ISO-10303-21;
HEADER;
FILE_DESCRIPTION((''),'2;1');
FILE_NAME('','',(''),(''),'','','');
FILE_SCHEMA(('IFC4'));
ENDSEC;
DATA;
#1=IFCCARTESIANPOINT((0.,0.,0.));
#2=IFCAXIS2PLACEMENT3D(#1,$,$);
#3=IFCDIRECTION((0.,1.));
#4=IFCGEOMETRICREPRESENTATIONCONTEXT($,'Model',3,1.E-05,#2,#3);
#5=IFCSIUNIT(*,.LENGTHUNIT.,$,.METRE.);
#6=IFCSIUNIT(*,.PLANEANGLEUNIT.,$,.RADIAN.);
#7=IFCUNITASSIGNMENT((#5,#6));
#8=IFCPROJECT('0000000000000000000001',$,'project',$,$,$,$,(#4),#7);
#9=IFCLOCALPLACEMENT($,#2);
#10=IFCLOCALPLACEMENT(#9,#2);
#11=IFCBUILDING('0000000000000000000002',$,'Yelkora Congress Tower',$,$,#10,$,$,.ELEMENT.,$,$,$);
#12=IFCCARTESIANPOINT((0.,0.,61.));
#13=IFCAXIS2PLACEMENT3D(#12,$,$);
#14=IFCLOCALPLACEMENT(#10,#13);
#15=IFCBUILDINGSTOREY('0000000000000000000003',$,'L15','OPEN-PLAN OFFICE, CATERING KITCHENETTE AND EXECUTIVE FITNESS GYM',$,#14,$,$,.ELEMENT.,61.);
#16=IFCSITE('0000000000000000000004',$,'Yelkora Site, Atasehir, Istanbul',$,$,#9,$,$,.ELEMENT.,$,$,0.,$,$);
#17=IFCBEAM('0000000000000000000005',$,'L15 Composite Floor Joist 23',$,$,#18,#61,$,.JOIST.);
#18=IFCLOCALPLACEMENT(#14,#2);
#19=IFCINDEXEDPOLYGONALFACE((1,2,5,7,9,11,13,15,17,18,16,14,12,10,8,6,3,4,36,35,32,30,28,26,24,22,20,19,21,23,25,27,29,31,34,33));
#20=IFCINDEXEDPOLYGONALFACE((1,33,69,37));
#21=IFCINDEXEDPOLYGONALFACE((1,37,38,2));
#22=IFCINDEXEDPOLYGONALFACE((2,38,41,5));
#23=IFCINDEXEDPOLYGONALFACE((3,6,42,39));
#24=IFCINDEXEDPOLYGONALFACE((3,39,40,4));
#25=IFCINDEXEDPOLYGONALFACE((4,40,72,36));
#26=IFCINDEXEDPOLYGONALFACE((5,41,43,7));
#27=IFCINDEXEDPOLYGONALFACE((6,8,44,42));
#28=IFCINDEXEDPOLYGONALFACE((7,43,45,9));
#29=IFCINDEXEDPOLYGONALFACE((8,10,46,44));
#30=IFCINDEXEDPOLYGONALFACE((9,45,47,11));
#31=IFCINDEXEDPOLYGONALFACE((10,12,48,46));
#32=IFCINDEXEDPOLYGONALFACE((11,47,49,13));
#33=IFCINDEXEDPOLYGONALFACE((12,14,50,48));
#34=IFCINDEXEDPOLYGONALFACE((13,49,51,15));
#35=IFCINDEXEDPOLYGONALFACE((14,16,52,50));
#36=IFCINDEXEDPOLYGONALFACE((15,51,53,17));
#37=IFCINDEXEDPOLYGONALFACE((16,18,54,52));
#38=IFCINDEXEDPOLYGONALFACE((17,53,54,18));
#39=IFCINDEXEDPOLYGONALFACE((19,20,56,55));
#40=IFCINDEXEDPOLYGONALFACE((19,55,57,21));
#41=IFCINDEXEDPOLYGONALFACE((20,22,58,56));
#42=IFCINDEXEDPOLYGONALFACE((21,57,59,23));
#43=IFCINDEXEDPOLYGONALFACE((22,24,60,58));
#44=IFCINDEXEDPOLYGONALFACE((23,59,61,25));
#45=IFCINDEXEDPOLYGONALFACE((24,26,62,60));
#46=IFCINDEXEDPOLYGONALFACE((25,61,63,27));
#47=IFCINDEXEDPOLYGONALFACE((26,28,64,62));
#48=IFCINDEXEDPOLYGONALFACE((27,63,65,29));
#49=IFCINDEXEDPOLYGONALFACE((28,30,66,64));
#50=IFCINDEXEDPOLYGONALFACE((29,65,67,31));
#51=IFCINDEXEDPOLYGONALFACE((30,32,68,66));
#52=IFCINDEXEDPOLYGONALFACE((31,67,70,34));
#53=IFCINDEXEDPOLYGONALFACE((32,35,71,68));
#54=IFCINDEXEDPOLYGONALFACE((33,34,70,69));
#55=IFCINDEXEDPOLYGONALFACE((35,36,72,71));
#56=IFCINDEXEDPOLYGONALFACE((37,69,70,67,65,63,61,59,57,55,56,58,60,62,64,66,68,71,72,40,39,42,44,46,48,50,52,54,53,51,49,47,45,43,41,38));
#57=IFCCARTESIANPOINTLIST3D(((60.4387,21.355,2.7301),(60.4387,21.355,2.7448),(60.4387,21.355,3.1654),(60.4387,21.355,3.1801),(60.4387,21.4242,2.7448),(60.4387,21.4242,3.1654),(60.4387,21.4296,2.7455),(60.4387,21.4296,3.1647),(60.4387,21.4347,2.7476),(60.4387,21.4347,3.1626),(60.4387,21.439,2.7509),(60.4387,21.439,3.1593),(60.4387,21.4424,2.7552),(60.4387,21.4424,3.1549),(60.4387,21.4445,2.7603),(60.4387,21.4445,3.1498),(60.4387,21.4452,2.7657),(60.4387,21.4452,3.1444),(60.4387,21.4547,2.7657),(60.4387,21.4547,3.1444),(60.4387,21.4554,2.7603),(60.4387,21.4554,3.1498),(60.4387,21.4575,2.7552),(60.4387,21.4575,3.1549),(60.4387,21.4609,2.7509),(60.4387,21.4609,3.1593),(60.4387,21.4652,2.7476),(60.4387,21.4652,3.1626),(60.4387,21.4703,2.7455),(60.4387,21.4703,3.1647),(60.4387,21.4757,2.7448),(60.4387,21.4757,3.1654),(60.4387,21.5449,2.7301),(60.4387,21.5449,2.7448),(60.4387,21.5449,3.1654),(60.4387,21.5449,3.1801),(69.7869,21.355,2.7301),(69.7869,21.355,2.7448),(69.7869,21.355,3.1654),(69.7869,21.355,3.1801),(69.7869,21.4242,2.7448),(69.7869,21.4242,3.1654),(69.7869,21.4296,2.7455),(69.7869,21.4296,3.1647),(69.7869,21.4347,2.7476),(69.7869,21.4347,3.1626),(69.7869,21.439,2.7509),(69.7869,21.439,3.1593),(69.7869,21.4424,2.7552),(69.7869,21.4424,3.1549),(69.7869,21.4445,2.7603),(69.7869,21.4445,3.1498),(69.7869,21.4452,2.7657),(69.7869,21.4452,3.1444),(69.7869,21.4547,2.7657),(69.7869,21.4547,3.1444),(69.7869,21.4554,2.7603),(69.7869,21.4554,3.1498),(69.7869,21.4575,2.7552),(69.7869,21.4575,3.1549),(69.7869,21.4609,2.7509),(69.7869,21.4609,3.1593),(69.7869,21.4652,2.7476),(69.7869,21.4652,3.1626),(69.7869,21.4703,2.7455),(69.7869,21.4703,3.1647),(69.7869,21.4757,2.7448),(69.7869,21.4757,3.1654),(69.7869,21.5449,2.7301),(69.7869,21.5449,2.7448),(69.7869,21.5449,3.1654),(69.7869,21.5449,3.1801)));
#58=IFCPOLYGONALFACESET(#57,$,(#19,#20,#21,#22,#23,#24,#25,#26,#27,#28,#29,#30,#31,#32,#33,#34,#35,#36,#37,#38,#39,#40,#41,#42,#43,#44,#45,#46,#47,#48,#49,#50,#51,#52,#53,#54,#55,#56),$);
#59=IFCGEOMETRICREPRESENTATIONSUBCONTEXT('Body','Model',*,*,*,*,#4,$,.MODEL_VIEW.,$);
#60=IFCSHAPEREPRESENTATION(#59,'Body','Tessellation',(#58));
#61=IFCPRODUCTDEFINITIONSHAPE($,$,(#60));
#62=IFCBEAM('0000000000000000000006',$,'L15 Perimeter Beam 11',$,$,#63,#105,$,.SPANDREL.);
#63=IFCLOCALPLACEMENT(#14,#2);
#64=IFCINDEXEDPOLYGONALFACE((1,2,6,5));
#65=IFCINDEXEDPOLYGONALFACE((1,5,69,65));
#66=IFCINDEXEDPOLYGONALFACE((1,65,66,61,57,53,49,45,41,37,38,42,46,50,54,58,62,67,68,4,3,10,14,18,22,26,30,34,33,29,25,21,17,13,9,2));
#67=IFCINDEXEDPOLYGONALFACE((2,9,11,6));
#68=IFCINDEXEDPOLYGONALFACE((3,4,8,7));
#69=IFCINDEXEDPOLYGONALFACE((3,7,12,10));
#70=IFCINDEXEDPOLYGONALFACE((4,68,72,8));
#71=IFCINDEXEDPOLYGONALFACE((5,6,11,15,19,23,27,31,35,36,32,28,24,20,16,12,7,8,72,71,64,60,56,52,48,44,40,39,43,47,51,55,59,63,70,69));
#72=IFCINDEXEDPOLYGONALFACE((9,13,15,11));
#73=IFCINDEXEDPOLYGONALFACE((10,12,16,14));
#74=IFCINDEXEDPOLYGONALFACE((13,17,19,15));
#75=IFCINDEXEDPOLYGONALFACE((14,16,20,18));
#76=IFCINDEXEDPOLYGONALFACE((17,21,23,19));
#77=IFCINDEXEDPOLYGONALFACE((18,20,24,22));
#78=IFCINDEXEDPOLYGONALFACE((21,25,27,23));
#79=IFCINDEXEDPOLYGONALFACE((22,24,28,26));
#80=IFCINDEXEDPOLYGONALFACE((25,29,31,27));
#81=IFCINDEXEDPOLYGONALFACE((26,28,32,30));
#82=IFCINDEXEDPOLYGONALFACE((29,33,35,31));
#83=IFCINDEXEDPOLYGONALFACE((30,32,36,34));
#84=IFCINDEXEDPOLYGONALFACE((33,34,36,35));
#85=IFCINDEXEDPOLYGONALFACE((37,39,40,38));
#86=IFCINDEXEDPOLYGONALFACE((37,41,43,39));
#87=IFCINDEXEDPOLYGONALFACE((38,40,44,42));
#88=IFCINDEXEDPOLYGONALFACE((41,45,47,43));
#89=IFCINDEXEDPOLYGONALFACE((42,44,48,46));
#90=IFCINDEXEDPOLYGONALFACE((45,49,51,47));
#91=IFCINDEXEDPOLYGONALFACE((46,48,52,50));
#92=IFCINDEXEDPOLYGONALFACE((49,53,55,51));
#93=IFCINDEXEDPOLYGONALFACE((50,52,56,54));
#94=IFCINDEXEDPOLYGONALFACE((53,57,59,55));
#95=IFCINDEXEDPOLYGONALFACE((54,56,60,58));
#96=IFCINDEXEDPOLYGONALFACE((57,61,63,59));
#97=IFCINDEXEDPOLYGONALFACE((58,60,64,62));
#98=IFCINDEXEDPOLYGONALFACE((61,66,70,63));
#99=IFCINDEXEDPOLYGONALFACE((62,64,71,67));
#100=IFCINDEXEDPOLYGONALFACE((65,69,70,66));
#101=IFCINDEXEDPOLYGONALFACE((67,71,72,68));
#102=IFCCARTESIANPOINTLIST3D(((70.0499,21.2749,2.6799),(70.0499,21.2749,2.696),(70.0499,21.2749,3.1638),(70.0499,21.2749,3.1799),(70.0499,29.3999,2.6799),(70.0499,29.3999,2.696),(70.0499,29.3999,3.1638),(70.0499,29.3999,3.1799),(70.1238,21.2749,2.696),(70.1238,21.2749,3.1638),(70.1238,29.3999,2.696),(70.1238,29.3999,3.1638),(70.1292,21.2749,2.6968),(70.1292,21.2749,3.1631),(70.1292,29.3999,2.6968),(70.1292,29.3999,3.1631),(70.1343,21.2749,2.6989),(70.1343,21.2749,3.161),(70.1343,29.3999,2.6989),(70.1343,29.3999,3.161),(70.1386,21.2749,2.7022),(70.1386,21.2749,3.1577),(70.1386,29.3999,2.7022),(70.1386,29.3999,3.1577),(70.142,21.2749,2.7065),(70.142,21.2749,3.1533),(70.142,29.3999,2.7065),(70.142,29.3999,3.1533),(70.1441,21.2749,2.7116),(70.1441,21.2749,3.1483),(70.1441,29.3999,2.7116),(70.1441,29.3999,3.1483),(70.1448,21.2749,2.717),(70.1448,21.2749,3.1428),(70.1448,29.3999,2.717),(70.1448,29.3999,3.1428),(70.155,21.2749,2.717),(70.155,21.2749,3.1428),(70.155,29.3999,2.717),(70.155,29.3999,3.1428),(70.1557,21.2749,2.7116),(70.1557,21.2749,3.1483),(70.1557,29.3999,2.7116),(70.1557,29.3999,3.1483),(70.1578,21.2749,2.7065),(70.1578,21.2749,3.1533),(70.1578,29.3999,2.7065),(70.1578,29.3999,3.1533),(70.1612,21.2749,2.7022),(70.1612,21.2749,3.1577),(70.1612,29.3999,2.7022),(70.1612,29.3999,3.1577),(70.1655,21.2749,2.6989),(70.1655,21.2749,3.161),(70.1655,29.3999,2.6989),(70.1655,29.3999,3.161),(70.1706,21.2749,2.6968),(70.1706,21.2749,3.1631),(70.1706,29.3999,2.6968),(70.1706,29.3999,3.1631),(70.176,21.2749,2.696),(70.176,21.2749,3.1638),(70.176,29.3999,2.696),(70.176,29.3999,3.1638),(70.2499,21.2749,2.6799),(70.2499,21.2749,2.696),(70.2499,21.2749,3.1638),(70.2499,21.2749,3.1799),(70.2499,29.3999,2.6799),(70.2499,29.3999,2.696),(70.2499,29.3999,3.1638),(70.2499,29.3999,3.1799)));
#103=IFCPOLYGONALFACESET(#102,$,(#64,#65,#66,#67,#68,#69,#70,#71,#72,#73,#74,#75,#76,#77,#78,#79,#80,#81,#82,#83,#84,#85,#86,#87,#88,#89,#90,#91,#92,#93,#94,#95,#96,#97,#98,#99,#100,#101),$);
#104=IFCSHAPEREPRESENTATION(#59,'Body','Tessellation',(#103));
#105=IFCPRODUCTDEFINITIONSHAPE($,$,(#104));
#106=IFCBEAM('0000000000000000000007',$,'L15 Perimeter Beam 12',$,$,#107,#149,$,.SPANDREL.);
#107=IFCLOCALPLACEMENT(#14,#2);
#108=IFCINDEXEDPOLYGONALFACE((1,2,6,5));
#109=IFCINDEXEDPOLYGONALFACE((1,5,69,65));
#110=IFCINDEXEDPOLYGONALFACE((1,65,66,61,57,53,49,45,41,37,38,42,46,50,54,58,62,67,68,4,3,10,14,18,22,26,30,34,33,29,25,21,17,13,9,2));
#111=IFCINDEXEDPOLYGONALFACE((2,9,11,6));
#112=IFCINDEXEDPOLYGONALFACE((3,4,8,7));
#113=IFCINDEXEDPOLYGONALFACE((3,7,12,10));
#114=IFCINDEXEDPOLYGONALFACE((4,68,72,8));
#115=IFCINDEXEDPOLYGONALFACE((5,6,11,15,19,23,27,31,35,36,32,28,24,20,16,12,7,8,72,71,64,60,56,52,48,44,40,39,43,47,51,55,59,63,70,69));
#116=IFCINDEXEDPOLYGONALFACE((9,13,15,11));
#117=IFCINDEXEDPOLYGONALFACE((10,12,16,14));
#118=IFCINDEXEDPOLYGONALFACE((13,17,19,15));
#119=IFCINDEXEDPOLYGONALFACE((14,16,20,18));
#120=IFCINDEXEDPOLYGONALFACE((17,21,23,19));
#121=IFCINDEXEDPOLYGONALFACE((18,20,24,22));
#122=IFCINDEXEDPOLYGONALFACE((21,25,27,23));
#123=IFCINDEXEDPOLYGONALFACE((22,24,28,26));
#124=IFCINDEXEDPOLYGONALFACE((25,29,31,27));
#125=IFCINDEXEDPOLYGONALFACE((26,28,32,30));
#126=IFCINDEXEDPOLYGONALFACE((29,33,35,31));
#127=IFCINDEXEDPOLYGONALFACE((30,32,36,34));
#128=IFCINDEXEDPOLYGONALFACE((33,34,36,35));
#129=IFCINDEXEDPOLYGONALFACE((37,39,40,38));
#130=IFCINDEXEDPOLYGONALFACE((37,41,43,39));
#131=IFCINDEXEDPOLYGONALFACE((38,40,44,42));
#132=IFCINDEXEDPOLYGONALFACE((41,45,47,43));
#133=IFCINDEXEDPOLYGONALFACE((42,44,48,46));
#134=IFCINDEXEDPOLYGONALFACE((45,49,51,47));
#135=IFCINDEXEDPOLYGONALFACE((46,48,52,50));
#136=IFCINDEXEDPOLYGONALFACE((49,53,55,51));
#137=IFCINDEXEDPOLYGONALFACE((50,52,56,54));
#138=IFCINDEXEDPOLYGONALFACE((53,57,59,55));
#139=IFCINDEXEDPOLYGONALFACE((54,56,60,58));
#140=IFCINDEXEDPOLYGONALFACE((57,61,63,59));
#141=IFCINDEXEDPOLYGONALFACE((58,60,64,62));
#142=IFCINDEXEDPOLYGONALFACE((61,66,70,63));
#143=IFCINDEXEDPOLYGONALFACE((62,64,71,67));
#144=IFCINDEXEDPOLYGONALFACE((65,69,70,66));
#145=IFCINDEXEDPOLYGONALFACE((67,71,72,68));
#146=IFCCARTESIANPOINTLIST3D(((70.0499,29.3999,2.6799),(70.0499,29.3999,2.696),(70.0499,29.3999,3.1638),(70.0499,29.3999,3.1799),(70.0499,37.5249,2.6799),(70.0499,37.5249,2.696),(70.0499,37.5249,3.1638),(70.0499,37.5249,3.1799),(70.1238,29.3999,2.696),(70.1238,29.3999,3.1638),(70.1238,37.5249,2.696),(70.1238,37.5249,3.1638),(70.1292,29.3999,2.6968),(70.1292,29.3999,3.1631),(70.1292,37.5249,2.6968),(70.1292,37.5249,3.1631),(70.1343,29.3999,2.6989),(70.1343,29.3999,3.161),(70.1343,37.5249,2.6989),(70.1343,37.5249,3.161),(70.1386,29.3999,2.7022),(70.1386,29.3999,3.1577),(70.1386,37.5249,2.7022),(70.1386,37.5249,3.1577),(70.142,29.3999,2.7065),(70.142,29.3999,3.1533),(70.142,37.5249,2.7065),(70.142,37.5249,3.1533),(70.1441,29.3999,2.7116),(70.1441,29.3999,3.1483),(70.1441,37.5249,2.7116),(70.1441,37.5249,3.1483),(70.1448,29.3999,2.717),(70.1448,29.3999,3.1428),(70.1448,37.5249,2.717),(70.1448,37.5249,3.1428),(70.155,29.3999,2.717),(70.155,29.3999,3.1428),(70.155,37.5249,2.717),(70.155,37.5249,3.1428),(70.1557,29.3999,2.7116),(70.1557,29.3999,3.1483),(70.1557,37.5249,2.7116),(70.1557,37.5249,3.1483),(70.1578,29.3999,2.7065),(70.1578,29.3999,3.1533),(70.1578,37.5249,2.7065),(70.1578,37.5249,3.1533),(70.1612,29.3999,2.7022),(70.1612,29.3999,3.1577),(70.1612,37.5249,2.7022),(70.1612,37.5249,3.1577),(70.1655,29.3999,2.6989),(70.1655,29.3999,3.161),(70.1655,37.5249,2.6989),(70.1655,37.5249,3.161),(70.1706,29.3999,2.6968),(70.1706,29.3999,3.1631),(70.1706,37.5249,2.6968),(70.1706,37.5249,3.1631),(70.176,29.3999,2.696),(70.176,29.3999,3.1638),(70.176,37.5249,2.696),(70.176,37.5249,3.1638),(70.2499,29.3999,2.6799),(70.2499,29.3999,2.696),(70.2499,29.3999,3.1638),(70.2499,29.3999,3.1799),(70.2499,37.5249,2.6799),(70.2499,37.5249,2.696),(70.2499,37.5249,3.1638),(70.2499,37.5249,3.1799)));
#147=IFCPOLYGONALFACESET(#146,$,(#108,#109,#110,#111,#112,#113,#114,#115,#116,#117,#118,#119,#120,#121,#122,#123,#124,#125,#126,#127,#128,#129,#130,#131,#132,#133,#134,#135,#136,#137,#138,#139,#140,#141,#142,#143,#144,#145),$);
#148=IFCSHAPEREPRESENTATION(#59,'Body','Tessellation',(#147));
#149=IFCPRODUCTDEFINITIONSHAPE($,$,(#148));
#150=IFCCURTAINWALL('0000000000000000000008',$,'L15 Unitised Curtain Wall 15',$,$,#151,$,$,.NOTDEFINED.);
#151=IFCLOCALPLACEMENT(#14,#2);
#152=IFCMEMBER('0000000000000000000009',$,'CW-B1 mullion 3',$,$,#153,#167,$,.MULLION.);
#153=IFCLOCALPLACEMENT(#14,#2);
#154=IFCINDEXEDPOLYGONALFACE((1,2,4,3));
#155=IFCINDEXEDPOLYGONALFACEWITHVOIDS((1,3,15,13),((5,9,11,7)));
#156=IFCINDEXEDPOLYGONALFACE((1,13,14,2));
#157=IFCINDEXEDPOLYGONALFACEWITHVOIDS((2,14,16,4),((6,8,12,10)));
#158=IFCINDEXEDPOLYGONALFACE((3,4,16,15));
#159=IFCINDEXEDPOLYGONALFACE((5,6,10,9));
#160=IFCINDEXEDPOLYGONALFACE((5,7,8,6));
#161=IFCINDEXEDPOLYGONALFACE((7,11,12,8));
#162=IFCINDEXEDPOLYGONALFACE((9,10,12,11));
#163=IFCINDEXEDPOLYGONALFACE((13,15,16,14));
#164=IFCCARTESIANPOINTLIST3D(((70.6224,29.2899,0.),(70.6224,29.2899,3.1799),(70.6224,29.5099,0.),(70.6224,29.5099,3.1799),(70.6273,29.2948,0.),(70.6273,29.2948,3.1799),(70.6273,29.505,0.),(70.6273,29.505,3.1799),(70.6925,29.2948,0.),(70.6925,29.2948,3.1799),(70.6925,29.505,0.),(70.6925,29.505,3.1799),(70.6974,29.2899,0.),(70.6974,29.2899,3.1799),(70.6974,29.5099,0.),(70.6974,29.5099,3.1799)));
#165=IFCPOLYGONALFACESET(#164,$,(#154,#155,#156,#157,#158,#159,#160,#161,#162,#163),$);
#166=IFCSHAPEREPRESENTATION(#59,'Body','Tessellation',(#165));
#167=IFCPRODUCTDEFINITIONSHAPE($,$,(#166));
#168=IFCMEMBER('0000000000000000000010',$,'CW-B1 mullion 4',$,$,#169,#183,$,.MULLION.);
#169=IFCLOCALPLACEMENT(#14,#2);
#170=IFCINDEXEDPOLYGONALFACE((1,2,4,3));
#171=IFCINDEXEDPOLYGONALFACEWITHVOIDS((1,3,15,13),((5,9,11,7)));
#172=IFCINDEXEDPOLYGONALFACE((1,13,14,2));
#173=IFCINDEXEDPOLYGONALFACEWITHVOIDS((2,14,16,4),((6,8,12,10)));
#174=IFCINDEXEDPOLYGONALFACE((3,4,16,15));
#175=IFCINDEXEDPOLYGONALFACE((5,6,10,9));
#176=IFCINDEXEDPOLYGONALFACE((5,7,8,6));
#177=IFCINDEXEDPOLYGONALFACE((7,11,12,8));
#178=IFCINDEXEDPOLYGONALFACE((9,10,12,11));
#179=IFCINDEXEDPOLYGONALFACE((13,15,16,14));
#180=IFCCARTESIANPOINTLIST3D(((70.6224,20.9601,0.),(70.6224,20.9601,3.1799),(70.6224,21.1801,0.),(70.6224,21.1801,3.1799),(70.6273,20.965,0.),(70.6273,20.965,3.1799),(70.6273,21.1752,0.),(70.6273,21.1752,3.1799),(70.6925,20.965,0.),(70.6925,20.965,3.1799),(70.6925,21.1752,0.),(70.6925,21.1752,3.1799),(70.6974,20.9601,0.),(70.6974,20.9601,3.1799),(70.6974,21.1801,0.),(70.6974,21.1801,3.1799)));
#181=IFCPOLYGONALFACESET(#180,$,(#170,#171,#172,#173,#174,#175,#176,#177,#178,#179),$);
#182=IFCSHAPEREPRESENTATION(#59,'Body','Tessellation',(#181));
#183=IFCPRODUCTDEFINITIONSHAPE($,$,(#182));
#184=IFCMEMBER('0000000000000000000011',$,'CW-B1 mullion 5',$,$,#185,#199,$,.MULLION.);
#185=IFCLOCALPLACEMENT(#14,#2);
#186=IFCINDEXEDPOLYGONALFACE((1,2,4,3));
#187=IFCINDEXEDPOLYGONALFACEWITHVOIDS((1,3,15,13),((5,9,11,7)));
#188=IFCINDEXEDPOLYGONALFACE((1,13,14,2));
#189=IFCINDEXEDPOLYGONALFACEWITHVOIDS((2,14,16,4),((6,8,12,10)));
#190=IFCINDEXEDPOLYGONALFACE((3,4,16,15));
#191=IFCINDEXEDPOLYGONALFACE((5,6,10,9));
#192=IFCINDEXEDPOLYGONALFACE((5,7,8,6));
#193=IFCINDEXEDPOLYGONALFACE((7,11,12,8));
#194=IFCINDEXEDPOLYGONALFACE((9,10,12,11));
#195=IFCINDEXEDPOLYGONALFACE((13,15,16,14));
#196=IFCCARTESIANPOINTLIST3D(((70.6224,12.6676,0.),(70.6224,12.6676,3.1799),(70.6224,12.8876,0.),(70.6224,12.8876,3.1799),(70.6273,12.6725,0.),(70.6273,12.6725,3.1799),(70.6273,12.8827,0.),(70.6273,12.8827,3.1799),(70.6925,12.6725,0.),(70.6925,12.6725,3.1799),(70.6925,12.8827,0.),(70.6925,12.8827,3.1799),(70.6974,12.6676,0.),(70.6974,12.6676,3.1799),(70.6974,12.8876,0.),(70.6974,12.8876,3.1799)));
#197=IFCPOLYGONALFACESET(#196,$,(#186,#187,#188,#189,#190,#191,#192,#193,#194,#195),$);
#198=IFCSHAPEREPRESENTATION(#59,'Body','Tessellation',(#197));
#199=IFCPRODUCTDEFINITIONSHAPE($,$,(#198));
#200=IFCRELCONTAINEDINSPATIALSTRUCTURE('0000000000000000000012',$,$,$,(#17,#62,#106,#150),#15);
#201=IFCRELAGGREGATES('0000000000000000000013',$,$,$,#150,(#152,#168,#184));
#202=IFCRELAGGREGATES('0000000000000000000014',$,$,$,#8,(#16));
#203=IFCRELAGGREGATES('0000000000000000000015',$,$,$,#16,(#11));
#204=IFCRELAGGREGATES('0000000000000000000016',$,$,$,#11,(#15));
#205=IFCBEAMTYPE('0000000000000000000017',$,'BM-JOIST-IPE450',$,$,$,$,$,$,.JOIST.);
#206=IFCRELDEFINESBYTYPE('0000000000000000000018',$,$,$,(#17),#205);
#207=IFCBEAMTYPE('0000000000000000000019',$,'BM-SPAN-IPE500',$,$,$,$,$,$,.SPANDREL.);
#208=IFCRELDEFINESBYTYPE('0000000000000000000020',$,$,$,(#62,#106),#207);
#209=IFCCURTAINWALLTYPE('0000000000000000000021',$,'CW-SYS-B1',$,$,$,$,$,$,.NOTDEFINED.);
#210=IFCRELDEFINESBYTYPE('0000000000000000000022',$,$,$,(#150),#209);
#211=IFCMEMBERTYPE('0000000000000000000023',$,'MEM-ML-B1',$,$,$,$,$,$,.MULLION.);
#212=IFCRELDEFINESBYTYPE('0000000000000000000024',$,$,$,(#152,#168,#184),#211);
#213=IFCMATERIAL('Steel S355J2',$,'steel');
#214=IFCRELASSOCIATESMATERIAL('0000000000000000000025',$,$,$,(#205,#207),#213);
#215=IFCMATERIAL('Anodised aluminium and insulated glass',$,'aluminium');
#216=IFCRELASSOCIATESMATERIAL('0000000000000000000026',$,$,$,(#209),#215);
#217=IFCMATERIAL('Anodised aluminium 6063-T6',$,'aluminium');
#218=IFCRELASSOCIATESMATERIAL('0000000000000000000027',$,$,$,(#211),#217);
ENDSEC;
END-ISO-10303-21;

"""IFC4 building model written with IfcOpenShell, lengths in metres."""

from ifc_helpers import new_model, si_unit, direction, frame, origin, origin_2d, place, context, subcontext, project, spatial, hollow_rectangle, i_section, extrude, material, material_profile, profile_set, type_object, element, aggregate, save


model = new_model("IFC4")

# Units and contexts
model_context = context("Model", 3, precision=1e-05, world=origin(), true_north=direction((0.0, 1.0)))
body_context = subcontext(model_context, "Body", "Model", "MODEL_VIEW")
ifc_project = project(units=[si_unit("LENGTHUNIT", "METRE"), si_unit("PLANEANGLEUNIT", "RADIAN")], contexts=[model_context])

# Site, building, storey
site_placement = place(None, origin())
site = spatial("IfcSite", under=ifc_project, at=site_placement, Name="Yelkora Site, Atasehir, Istanbul", CompositionType="ELEMENT", RefElevation=0.0)
building_placement = place(site_placement, origin())
building = spatial("IfcBuilding", under=site, at=building_placement, Name="Yelkora Congress Tower", CompositionType="ELEMENT")
storey_placement = place(building_placement, frame((0.0, 0.0, 61.0)))
storey = spatial("IfcBuildingStorey", under=building, at=storey_placement, Name="L15", Description="OPEN-PLAN OFFICE, CATERING KITCHENETTE AND EXECUTIVE FITNESS GYM", CompositionType="ELEMENT", Elevation=61.0)

# Beams
ifc_material_1 = material(Name="Steel S355J2", Category="steel")
ifc_material_profile_1 = material_profile(ifc_material_1, i_section(OverallWidth=0.1899, OverallDepth=0.45, WebThickness=0.0095, FlangeThickness=0.0146, FilletRadius=0.021, at=origin_2d()), Name="IPE 450")
ifc_profile_set_1 = profile_set([ifc_material_profile_1], Name="Steel S355J2")
beam_type_1 = type_object("IfcBeamType", Name="BM-JOIST-IPE450", PredefinedType="JOIST", material=ifc_profile_set_1)
beam_1_placement = place(storey_placement, frame((60.4387, 21.45, 2.9551), z_axis=(1.0, 0.0, 0.0), x_axis=(0.0, 1.0, 0.0)))
element("IfcBeam", 1, at=beam_1_placement, inside=storey, type_object=beam_type_1, Name="L15 Composite Floor Joist 23", PredefinedType="JOIST", context=body_context, shape_type="SweptSolid", body=[
    extrude(i_section(OverallWidth=0.1899, OverallDepth=0.45, WebThickness=0.0095, FlangeThickness=0.0146, FilletRadius=0.021, at=origin_2d()), origin(), (0.0, 0.0, 1.0), 9.3481),
])
ifc_material_profile_2 = material_profile(ifc_material_1, i_section(OverallWidth=0.2, OverallDepth=0.5, WebThickness=0.0103, FlangeThickness=0.0161, FilletRadius=0.021, at=origin_2d()), Name="IPE 500")
ifc_profile_set_2 = profile_set([ifc_material_profile_2], Name="Steel S355J2")
beam_type_2 = type_object("IfcBeamType", Name="BM-SPAN-IPE500", PredefinedType="SPANDREL", material=ifc_profile_set_2)
for number, where, z_axis, x_axis, name in (
    (2, (70.1499, 21.2749, 2.9299), (0.0, 1.0, 0.0), (-1.0, 0.0, 0.0), "L15 Perimeter Beam 11"),
    (3, (70.1499, 29.3999, 2.9299), (0.0, 1.0, 0.0), (-1.0, 0.0, 0.0), "L15 Perimeter Beam 12"),
):
    element("IfcBeam", number, at=place(storey_placement, frame(where, z_axis=z_axis, x_axis=x_axis)), inside=storey, type_object=beam_type_2, Name=name, PredefinedType="SPANDREL", context=body_context, shape_type="SweptSolid", body=[
        extrude(i_section(OverallWidth=0.2, OverallDepth=0.5, WebThickness=0.0103, FlangeThickness=0.0161, FilletRadius=0.021, at=origin_2d()), origin(), (0.0, 0.0, 1.0), 8.125),
    ])

# Curtain wall, members
ifc_material_2 = material(Name="Anodised aluminium and insulated glass", Category="aluminium")
curtain_wall_type = type_object("IfcCurtainWallType", Name="CW-SYS-B1", PredefinedType="NOTDEFINED", material=ifc_material_2)
curtain_wall_placement = place(storey_placement, origin())
curtain_wall = element("IfcCurtainWall", 4, at=curtain_wall_placement, inside=storey, type_object=curtain_wall_type, Name="L15 Unitised Curtain Wall 15", PredefinedType="NOTDEFINED")
ifc_material_3 = material(Name="Anodised aluminium 6063-T6", Category="aluminium")
ifc_material_profile_3 = material_profile(ifc_material_3, hollow_rectangle(XDim=0.075, YDim=0.22, WallThickness=0.0049, at=origin_2d()), Name="ALU 75x220x5")
ifc_profile_set_3 = profile_set([ifc_material_profile_3], Name="Anodised aluminium 6063-T6")
member_type_1 = type_object("IfcMemberType", Name="MEM-ML-B1", PredefinedType="MULLION", material=ifc_profile_set_3)
member_1_placement = place(storey_placement, frame((70.6599, 29.3999, 0.0), z_axis=(0.0, 0.0, 1.0), x_axis=(1.0, 0.0, 0.0)))
member_1 = element("IfcMember", 5, at=member_1_placement, type_object=member_type_1, Name="CW-B1 mullion 3", PredefinedType="MULLION", context=body_context, shape_type="SweptSolid", body=[
    extrude(hollow_rectangle(XDim=0.075, YDim=0.22, WallThickness=0.0049, at=origin_2d()), origin(), (0.0, 0.0, 1.0), 3.1799),
])
member_2_placement = place(storey_placement, frame((70.6599, 21.0701, 0.0), z_axis=(0.0, 0.0, 1.0), x_axis=(1.0, 0.0, 0.0)))
member_2 = element("IfcMember", 6, at=member_2_placement, type_object=member_type_1, Name="CW-B1 mullion 4", PredefinedType="MULLION", context=body_context, shape_type="SweptSolid", body=[
    extrude(hollow_rectangle(XDim=0.075, YDim=0.22, WallThickness=0.0049, at=origin_2d()), origin(), (0.0, 0.0, 1.0), 3.1799),
])
member_3_placement = place(storey_placement, frame((70.6599, 12.7776, 0.0), z_axis=(0.0, 0.0, 1.0), x_axis=(1.0, 0.0, 0.0)))
member_3 = element("IfcMember", 7, at=member_3_placement, type_object=member_type_1, Name="CW-B1 mullion 5", PredefinedType="MULLION", context=body_context, shape_type="SweptSolid", body=[
    extrude(hollow_rectangle(XDim=0.075, YDim=0.22, WallThickness=0.0049, at=origin_2d()), origin(), (0.0, 0.0, 1.0), 3.1799),
])
aggregate(curtain_wall, [member_1, member_2, member_3])

save(model, "model.ifc")
